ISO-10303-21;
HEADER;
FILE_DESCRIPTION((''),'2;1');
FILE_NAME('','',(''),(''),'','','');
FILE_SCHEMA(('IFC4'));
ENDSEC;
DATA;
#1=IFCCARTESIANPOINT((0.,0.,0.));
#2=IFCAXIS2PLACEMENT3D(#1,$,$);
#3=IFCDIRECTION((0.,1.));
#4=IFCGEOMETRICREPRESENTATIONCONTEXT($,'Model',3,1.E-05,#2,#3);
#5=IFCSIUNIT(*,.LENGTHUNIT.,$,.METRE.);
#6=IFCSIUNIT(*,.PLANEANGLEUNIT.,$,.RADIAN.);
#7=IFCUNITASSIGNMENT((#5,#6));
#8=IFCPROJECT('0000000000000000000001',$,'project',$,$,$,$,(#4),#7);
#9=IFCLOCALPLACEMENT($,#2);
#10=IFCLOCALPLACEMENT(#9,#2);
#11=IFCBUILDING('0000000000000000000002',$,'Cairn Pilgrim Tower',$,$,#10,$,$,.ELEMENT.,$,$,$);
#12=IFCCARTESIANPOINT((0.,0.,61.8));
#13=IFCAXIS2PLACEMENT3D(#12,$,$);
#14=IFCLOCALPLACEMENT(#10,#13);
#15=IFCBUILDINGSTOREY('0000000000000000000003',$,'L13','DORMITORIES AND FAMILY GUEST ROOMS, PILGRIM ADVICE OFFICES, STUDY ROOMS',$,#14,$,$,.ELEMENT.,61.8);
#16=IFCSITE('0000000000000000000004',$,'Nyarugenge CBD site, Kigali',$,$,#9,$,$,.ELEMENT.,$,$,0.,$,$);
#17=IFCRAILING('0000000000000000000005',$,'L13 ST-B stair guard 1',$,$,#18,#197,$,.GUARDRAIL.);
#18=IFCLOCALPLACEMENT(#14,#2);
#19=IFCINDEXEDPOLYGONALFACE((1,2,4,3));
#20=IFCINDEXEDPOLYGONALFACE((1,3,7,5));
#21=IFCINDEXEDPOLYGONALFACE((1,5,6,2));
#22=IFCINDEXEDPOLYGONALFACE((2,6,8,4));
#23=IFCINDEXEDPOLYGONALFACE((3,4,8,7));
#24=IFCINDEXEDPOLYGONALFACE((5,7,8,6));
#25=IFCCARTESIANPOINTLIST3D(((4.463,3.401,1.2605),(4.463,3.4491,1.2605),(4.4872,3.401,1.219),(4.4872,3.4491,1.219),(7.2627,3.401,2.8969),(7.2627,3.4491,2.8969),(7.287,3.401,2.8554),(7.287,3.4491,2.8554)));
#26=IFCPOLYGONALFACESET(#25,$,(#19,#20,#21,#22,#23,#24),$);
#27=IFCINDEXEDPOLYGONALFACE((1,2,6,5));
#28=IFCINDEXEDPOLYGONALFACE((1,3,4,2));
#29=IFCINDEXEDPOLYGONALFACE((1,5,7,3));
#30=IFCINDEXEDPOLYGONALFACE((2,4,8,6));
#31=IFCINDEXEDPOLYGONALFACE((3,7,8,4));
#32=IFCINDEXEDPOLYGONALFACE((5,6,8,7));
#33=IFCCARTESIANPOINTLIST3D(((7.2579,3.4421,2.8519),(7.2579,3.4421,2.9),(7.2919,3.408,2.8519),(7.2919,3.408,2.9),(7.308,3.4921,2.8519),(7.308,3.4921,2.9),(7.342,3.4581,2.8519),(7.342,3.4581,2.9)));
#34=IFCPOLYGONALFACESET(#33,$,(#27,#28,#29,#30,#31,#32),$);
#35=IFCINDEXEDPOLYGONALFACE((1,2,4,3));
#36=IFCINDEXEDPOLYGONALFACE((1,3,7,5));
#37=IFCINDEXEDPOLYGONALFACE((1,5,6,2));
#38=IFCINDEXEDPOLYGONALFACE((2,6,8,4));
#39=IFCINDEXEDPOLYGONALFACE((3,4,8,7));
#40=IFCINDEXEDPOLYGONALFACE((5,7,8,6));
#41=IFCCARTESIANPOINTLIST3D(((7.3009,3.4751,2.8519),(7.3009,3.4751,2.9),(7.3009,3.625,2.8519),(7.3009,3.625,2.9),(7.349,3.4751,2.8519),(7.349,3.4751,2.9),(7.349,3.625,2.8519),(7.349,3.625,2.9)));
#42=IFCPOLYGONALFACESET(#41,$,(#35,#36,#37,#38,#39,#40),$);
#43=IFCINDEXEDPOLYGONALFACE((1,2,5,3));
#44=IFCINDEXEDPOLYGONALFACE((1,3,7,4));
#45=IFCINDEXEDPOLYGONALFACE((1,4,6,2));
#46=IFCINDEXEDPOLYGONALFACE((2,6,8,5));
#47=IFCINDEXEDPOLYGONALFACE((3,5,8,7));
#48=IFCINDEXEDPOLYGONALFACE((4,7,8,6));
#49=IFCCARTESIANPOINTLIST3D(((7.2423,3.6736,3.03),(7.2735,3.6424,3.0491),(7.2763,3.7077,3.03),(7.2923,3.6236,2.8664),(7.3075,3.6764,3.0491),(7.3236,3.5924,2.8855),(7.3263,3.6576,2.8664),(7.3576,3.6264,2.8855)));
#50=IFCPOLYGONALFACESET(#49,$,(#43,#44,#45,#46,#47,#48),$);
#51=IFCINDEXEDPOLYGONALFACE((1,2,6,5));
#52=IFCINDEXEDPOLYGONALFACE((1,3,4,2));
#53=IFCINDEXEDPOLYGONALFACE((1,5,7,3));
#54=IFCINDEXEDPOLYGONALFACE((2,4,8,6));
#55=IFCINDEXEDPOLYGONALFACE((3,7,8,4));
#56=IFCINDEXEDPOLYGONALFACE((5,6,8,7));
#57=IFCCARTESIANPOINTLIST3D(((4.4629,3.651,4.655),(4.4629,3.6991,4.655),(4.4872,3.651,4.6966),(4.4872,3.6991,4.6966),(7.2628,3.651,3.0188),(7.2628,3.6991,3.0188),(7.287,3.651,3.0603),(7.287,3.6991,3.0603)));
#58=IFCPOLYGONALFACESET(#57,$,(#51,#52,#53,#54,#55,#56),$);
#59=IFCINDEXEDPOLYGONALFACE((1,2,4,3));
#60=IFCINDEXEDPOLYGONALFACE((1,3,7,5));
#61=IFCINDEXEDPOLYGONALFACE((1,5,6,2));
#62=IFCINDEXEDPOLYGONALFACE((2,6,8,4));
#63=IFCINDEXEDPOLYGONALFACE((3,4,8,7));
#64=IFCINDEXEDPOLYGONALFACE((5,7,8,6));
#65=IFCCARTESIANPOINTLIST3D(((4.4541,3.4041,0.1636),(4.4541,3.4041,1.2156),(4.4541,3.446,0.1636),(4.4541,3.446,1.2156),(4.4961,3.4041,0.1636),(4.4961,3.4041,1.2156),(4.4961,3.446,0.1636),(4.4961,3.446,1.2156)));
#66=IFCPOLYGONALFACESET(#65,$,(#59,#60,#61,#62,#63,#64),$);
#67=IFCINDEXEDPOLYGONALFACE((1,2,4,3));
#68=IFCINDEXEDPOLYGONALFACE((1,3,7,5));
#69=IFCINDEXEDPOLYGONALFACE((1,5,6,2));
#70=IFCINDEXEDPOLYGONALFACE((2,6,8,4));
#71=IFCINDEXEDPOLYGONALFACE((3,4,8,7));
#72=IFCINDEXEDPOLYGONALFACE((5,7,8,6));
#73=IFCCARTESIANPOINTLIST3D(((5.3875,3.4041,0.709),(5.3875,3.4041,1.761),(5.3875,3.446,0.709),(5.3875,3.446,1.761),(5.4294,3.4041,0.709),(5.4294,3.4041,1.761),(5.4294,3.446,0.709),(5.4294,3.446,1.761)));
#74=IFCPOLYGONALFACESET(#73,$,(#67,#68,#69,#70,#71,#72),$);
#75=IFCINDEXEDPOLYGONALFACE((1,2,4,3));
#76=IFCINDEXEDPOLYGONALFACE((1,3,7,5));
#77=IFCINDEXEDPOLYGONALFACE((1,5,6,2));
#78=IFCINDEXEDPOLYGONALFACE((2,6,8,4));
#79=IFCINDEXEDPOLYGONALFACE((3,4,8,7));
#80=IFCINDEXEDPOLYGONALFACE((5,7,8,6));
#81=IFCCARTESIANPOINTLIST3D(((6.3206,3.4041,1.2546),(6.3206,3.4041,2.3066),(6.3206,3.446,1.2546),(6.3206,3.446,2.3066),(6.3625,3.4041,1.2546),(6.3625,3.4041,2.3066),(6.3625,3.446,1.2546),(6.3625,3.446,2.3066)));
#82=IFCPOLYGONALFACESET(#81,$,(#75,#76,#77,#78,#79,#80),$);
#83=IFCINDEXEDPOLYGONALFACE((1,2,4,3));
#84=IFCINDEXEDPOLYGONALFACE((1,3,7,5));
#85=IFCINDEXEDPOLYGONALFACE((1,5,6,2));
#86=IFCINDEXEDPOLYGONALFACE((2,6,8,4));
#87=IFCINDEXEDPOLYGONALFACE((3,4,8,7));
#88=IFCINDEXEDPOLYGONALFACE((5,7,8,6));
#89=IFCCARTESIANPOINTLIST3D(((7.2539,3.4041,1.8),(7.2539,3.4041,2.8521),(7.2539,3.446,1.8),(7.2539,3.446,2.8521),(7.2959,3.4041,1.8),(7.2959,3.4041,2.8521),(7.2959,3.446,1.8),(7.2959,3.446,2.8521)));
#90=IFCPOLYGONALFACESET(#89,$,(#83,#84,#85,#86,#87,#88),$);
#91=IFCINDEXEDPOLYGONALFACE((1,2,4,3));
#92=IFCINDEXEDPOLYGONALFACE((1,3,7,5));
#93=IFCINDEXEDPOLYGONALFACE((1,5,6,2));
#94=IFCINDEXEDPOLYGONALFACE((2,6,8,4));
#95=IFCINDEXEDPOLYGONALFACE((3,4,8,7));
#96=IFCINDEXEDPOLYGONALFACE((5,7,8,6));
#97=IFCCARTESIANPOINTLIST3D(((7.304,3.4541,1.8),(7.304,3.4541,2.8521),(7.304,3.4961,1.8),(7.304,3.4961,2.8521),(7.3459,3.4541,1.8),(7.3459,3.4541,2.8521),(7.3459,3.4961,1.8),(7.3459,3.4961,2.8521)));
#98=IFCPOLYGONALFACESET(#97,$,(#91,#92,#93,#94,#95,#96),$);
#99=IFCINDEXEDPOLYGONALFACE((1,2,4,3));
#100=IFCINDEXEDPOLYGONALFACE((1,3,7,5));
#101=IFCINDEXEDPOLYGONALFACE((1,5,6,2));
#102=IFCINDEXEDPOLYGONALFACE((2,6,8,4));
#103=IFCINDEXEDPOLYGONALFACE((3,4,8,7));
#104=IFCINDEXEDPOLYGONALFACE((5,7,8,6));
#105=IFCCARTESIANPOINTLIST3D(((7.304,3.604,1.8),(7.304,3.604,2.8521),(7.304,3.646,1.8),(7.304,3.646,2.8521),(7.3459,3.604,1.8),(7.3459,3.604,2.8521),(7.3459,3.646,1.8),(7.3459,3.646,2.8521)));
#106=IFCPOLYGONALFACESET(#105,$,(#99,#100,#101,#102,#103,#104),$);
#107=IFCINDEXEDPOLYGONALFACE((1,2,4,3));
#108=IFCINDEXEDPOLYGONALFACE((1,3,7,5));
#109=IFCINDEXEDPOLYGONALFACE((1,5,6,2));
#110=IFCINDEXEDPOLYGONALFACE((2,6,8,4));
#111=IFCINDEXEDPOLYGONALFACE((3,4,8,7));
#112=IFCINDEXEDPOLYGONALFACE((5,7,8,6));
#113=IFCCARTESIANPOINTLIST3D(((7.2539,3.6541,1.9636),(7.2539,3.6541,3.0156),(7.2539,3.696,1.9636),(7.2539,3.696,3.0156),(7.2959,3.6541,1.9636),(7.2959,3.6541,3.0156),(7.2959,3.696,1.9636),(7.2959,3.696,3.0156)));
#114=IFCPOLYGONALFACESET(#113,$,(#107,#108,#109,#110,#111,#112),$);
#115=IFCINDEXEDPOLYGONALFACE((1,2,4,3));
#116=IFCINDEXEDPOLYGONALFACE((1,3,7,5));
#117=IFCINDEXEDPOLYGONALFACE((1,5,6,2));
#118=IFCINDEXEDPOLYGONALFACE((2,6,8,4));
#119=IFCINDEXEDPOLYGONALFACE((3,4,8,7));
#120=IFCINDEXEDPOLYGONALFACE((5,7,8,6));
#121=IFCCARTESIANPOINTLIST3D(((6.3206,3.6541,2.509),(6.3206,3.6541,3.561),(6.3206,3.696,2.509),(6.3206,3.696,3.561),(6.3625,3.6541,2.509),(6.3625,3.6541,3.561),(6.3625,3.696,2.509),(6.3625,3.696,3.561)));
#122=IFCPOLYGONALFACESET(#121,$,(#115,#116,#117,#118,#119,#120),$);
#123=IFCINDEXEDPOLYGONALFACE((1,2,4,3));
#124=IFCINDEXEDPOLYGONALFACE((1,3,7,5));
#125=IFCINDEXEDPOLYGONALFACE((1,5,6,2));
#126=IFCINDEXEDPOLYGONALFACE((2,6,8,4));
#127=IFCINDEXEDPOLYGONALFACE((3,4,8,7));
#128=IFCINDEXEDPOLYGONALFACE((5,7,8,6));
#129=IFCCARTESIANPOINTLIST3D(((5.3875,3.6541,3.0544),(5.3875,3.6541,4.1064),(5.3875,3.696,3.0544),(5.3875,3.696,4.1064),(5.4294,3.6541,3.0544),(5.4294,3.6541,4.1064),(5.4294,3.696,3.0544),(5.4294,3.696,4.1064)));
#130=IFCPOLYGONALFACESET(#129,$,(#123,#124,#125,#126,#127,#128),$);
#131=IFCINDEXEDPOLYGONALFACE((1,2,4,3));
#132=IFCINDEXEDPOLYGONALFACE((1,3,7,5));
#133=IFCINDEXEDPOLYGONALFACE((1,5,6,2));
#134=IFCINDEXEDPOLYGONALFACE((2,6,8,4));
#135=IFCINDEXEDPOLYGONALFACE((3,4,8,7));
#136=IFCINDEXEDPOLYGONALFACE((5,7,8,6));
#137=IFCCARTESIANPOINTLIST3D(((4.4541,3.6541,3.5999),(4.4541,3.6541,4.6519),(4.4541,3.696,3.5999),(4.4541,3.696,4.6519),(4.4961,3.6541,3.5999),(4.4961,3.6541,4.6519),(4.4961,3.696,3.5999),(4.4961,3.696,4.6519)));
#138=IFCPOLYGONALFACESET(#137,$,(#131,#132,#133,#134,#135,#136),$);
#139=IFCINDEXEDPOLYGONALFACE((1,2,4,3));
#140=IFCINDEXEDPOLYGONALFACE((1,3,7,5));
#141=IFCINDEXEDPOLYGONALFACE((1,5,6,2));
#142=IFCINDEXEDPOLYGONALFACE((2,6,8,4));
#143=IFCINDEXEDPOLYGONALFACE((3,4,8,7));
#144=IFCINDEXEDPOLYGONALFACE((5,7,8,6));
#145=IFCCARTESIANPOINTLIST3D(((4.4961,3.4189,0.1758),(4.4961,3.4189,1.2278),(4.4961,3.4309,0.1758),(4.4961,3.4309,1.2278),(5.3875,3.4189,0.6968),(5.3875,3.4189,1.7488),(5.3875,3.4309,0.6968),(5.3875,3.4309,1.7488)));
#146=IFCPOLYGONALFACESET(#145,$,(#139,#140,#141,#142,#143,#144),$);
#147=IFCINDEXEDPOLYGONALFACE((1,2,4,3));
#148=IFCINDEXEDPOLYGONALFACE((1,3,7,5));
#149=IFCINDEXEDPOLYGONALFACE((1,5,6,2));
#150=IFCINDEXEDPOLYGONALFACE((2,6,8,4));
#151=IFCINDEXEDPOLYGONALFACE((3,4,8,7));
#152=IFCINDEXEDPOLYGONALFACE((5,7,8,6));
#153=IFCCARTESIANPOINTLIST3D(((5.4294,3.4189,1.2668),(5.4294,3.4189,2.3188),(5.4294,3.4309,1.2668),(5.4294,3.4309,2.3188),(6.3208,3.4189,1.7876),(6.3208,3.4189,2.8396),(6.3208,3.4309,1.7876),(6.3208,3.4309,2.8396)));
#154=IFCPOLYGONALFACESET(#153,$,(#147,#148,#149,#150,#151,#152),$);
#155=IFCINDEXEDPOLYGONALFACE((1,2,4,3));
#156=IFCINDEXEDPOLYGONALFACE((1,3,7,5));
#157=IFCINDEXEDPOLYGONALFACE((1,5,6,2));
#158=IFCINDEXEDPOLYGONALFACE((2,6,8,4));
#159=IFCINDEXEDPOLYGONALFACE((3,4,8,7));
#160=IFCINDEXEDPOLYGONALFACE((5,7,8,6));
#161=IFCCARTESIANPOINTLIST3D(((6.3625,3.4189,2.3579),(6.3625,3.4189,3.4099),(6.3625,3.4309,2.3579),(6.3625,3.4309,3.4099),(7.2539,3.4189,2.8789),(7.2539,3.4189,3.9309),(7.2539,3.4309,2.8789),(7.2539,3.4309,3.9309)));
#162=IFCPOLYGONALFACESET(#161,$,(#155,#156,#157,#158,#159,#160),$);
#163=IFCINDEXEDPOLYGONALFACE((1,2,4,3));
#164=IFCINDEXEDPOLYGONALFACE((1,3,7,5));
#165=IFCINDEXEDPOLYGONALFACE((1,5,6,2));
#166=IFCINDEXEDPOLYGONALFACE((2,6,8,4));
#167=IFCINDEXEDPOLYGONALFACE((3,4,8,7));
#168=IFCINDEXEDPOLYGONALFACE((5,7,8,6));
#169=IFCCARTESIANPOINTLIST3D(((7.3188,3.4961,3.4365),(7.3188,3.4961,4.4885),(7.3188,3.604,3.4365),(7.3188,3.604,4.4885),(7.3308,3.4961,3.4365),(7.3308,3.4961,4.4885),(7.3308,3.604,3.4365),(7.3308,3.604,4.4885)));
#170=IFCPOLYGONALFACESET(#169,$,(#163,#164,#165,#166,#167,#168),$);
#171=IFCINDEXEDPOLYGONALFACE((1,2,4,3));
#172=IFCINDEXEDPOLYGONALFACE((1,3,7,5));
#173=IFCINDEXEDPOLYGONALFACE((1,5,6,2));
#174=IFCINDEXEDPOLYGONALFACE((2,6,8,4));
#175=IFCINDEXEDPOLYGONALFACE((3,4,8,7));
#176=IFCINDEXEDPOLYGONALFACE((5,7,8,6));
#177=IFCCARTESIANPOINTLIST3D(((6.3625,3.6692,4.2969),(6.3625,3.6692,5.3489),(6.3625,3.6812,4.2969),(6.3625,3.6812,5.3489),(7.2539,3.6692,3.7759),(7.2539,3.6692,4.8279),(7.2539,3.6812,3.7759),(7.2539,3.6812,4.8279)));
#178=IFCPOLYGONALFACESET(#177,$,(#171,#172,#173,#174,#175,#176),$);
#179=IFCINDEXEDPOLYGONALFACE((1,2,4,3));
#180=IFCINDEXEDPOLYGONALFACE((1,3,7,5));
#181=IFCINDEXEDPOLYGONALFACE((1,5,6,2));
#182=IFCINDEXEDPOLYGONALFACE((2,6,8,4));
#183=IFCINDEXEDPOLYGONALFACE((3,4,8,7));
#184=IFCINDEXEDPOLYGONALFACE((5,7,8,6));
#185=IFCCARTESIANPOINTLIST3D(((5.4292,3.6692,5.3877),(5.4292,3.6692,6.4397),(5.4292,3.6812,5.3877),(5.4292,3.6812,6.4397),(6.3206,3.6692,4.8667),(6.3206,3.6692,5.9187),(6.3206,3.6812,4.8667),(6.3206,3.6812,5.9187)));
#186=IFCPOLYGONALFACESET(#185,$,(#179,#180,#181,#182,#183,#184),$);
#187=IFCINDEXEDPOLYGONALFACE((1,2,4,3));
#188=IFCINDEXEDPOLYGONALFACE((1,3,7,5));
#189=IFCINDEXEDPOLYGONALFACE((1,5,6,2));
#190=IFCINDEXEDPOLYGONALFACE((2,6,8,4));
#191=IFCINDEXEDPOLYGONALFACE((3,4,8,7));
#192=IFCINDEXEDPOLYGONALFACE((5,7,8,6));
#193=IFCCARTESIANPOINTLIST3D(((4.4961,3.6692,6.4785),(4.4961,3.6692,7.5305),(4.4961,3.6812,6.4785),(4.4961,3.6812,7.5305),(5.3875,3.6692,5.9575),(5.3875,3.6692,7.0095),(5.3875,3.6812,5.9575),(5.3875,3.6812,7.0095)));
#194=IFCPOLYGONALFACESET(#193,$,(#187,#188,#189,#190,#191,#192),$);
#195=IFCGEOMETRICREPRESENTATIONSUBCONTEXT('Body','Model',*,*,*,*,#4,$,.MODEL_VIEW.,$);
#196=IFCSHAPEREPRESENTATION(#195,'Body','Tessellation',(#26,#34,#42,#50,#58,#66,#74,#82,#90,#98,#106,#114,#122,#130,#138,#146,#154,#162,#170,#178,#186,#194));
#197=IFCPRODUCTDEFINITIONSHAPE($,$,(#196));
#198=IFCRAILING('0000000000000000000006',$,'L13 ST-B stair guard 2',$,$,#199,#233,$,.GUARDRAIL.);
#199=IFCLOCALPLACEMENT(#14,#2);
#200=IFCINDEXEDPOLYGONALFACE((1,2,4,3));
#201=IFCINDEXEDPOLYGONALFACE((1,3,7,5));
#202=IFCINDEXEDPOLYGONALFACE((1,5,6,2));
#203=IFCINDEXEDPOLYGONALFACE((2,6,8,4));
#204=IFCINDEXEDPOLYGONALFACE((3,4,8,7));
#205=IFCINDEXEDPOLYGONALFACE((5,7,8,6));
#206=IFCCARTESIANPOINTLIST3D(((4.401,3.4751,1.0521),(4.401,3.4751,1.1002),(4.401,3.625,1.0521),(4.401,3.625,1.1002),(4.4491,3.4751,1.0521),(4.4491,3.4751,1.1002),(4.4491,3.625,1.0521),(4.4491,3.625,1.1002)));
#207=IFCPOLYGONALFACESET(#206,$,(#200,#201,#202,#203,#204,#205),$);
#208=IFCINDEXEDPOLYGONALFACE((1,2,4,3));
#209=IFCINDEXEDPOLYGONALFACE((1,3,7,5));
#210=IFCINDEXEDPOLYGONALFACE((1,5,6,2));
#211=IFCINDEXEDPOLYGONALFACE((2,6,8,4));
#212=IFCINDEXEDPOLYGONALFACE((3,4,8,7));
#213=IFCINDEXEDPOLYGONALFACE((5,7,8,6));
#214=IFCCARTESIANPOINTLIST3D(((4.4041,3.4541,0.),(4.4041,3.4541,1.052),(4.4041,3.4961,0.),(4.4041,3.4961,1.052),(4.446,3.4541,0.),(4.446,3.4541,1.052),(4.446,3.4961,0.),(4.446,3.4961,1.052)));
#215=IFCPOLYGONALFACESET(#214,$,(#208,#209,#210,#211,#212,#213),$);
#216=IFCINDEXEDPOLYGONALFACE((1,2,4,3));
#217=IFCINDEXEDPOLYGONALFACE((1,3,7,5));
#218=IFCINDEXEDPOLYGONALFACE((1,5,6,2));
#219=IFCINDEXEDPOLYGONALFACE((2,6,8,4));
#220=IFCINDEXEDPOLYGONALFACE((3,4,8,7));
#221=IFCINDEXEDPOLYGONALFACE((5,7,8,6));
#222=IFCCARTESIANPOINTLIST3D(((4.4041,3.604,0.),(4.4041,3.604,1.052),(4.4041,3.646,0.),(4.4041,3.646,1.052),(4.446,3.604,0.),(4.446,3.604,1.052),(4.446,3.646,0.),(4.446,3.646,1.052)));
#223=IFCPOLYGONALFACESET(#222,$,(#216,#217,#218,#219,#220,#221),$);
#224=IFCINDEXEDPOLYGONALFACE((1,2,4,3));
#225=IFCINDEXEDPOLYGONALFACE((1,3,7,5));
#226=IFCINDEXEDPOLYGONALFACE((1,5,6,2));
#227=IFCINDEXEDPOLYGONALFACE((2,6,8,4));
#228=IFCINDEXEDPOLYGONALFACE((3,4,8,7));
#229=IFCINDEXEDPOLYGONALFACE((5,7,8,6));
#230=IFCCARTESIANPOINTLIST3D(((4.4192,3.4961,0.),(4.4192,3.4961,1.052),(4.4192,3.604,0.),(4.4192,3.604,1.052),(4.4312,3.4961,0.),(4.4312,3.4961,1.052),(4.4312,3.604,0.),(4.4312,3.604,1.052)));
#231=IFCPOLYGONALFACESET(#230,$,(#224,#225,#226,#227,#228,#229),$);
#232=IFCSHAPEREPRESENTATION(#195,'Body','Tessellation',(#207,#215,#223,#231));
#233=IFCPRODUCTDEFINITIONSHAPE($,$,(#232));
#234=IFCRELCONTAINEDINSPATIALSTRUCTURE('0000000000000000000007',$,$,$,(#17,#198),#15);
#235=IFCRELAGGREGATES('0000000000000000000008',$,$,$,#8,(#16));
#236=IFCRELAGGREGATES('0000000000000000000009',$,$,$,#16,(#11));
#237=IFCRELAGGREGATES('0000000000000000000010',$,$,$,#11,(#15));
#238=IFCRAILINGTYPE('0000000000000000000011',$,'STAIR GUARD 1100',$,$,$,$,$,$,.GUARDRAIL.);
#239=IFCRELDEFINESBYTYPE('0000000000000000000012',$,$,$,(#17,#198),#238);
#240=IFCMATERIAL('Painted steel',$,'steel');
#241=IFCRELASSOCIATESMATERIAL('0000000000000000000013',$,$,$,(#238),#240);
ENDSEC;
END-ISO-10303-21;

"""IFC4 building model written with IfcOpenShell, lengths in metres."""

from ifc_helpers import new_model, si_unit, direction, frame, origin, origin_2d, place, context, subcontext, project, spatial, polyline, rectangle, outline, extrude, material, type_object, element, save


model = new_model("IFC4")

# Units and contexts
model_context = context("Model", 3, precision=1e-05, world=origin(), true_north=direction((0.0, 1.0)))
body_context = subcontext(model_context, "Body", "Model", "MODEL_VIEW")
ifc_project = project(units=[si_unit("LENGTHUNIT", "METRE"), si_unit("PLANEANGLEUNIT", "RADIAN")], contexts=[model_context])

# Site, building, storey
site_placement = place(None, origin())
site = spatial("IfcSite", under=ifc_project, at=site_placement, Name="Nyarugenge CBD site, Kigali", CompositionType="ELEMENT", RefElevation=0.0)
building_placement = place(site_placement, origin())
building = spatial("IfcBuilding", under=site, at=building_placement, Name="Cairn Pilgrim Tower", CompositionType="ELEMENT")
storey_placement = place(building_placement, frame((0.0, 0.0, 61.8)))
storey = spatial("IfcBuildingStorey", under=building, at=storey_placement, Name="L13", Description="DORMITORIES AND FAMILY GUEST ROOMS, PILGRIM ADVICE OFFICES, STUDY ROOMS", CompositionType="ELEMENT", Elevation=61.8)

# Shared definitions
ifc_material_1 = material(Name="Painted steel", Category="steel")

# Railings
railing_type_1 = type_object("IfcRailingType", Name="STAIR GUARD 1100", PredefinedType="GUARDRAIL", material=ifc_material_1)
railing_1_placement = place(storey_placement, frame((4.4751, 3.425, 0.1636)))
element("IfcRailing", 1, at=railing_1_placement, inside=storey, type_object=railing_type_1, Name="L13 ST-B stair guard 1", PredefinedType="GUARDRAIL", context=body_context, shape_type="SweptSolid", body=[
    extrude(rectangle(XDim=0.0481, YDim=0.0481, at=origin_2d()), frame((0.0, 0.0, 1.0762), z_axis=(0.863342, 0.0, 0.50462), x_axis=(0.0, 1.0, 0.0)), (0.0, 0.0, 1.0), 3.2429),
    extrude(rectangle(XDim=0.0481, YDim=0.0481, at=origin_2d()), frame((2.7998, 0.0, 2.7124), z_axis=(0.707107, 0.707107, 0.0), x_axis=(-0.707107, 0.707107, 0.0)), (0.0, 0.0, 1.0), 0.0708),
    extrude(rectangle(XDim=0.0481, YDim=0.0481, at=origin_2d()), frame((2.8499, 0.05, 2.7124), z_axis=(0.0, 1.0, 0.0), x_axis=(-1.0, 0.0, 0.0)), (0.0, 0.0, 1.0), 0.1499),
    extrude(rectangle(XDim=0.0481, YDim=0.0481, at=origin_2d()), frame((2.8499, 0.2, 2.7124), z_axis=(-0.280809, 0.280809, 0.917765), x_axis=(-0.707107, -0.707107, 0.0)), (0.0, 0.0, 1.0), 0.1782),
    extrude(rectangle(XDim=0.0481, YDim=0.0481, at=origin_2d()), frame((2.7998, 0.25, 2.876), z_axis=(-0.863374, 0.0, 0.504564), x_axis=(0.0, -1.0, 0.0)), (0.0, 0.0, 1.0), 3.2429),
    extrude(rectangle(XDim=0.042, YDim=0.042, at=origin_2d()), origin(), (0.0, 0.0, 1.0), 1.052),
    extrude(rectangle(XDim=0.042, YDim=0.042, at=origin_2d()), frame((0.9333, 0.0, 0.5454)), (0.0, 0.0, 1.0), 1.052),
    extrude(rectangle(XDim=0.042, YDim=0.042, at=origin_2d()), frame((1.8665, 0.0, 1.0911)), (0.0, 0.0, 1.0), 1.052),
    extrude(rectangle(XDim=0.042, YDim=0.042, at=origin_2d()), frame((2.7998, 0.0, 1.6365)), (0.0, 0.0, 1.0), 1.052),
    extrude(rectangle(XDim=0.042, YDim=0.042, at=origin_2d()), frame((2.8499, 0.05, 1.6365)), (0.0, 0.0, 1.0), 1.052),
    extrude(rectangle(XDim=0.042, YDim=0.042, at=origin_2d()), frame((2.8499, 0.2, 1.6365)), (0.0, 0.0, 1.0), 1.052),
    extrude(rectangle(XDim=0.042, YDim=0.042, at=origin_2d()), frame((2.7998, 0.25, 1.8)), (0.0, 0.0, 1.0), 1.052),
    extrude(rectangle(XDim=0.042, YDim=0.042, at=origin_2d()), frame((1.8665, 0.25, 2.3455)), (0.0, 0.0, 1.0), 1.052),
    extrude(rectangle(XDim=0.042, YDim=0.042, at=origin_2d()), frame((0.9333, 0.25, 2.8909)), (0.0, 0.0, 1.0), 1.052),
    extrude(rectangle(XDim=0.042, YDim=0.042, at=origin_2d()), frame((0.0, 0.25, 3.4363)), (0.0, 0.0, 1.0), 1.052),
    extrude(outline(polyline([(0.021, 0.0122), (0.9124, 0.5332), (0.9124, 1.5852), (0.021, 1.0642), (0.021, 0.0122)])), frame((0.0, 0.0059, 0.0), z_axis=(0.0, -1.0, 0.0), x_axis=(1.0, 0.0, 0.0)), (0.0, 0.0, 1.0), 0.012),
    extrude(outline(polyline([(0.021, 0.5579), (0.9124, 1.0786), (0.9124, 2.1306), (0.021, 1.6099), (0.021, 0.5579)])), frame((0.9333, 0.0059, 0.5454), z_axis=(0.0, -1.0, 0.0), x_axis=(1.0, 0.0, 0.0)), (0.0, 0.0, 1.0), 0.012),
    extrude(outline(polyline([(0.021, 1.1033), (0.9124, 1.6243), (0.9124, 2.6763), (0.021, 2.1553), (0.021, 1.1033)])), frame((1.8665, 0.0059, 1.0911), z_axis=(0.0, -1.0, 0.0), x_axis=(1.0, 0.0, 0.0)), (0.0, 0.0, 1.0), 0.012),
    extrude(outline(polyline([(0.021, 1.6365), (0.1289, 1.6365), (0.1289, 2.6885), (0.021, 2.6885), (0.021, 1.6365)])), frame((2.8438, 0.05, 1.6365), z_axis=(1.0, 0.0, 0.0), x_axis=(0.0, 1.0, 0.0)), (0.0, 0.0, 1.0), 0.012),
    extrude(outline(polyline([(0.021, 1.8123), (0.9124, 2.3333), (0.9124, 3.3853), (0.021, 2.8643), (0.021, 1.8123)])), frame((2.7998, 0.2441, 1.8), z_axis=(0.0, 1.0, 0.0), x_axis=(-1.0, 0.0, 0.0)), (0.0, 0.0, 1.0), 0.012),
    extrude(outline(polyline([(0.021, 2.3577), (0.9124, 2.8787), (0.9124, 3.9307), (0.021, 3.4097), (0.021, 2.3577)])), frame((1.8665, 0.2441, 2.3455), z_axis=(0.0, 1.0, 0.0), x_axis=(-1.0, 0.0, 0.0)), (0.0, 0.0, 1.0), 0.012),
    extrude(outline(polyline([(0.021, 2.9031), (0.9124, 3.4241), (0.9124, 4.4761), (0.021, 3.9551), (0.021, 2.9031)])), frame((0.9333, 0.2441, 2.8909), z_axis=(0.0, 1.0, 0.0), x_axis=(-1.0, 0.0, 0.0)), (0.0, 0.0, 1.0), 0.012),
])
railing_2_placement = place(storey_placement, frame((4.425, 3.4751, 0.0)))
element("IfcRailing", 2, at=railing_2_placement, inside=storey, type_object=railing_type_1, Name="L13 ST-B stair guard 2", PredefinedType="GUARDRAIL", context=body_context, shape_type="SweptSolid", body=[
    extrude(rectangle(XDim=0.0481, YDim=0.0481, at=origin_2d()), frame((0.0, 0.0, 1.0762), z_axis=(0.0, 1.0, 0.0), x_axis=(-1.0, 0.0, 0.0)), (0.0, 0.0, 1.0), 0.1499),
    extrude(rectangle(XDim=0.042, YDim=0.042, at=origin_2d()), origin(), (0.0, 0.0, 1.0), 1.052),
    extrude(rectangle(XDim=0.042, YDim=0.042, at=origin_2d()), frame((0.0, 0.1499, 0.0)), (0.0, 0.0, 1.0), 1.052),
    extrude(outline(polyline([(0.021, 0.0), (0.1289, 0.0), (0.1289, 1.052), (0.021, 1.052), (0.021, 0.0)])), frame((-0.0059, 0.0, 0.0), z_axis=(1.0, 0.0, 0.0), x_axis=(0.0, 1.0, 0.0)), (0.0, 0.0, 1.0), 0.012),
])

save(model, "model.ifc")
